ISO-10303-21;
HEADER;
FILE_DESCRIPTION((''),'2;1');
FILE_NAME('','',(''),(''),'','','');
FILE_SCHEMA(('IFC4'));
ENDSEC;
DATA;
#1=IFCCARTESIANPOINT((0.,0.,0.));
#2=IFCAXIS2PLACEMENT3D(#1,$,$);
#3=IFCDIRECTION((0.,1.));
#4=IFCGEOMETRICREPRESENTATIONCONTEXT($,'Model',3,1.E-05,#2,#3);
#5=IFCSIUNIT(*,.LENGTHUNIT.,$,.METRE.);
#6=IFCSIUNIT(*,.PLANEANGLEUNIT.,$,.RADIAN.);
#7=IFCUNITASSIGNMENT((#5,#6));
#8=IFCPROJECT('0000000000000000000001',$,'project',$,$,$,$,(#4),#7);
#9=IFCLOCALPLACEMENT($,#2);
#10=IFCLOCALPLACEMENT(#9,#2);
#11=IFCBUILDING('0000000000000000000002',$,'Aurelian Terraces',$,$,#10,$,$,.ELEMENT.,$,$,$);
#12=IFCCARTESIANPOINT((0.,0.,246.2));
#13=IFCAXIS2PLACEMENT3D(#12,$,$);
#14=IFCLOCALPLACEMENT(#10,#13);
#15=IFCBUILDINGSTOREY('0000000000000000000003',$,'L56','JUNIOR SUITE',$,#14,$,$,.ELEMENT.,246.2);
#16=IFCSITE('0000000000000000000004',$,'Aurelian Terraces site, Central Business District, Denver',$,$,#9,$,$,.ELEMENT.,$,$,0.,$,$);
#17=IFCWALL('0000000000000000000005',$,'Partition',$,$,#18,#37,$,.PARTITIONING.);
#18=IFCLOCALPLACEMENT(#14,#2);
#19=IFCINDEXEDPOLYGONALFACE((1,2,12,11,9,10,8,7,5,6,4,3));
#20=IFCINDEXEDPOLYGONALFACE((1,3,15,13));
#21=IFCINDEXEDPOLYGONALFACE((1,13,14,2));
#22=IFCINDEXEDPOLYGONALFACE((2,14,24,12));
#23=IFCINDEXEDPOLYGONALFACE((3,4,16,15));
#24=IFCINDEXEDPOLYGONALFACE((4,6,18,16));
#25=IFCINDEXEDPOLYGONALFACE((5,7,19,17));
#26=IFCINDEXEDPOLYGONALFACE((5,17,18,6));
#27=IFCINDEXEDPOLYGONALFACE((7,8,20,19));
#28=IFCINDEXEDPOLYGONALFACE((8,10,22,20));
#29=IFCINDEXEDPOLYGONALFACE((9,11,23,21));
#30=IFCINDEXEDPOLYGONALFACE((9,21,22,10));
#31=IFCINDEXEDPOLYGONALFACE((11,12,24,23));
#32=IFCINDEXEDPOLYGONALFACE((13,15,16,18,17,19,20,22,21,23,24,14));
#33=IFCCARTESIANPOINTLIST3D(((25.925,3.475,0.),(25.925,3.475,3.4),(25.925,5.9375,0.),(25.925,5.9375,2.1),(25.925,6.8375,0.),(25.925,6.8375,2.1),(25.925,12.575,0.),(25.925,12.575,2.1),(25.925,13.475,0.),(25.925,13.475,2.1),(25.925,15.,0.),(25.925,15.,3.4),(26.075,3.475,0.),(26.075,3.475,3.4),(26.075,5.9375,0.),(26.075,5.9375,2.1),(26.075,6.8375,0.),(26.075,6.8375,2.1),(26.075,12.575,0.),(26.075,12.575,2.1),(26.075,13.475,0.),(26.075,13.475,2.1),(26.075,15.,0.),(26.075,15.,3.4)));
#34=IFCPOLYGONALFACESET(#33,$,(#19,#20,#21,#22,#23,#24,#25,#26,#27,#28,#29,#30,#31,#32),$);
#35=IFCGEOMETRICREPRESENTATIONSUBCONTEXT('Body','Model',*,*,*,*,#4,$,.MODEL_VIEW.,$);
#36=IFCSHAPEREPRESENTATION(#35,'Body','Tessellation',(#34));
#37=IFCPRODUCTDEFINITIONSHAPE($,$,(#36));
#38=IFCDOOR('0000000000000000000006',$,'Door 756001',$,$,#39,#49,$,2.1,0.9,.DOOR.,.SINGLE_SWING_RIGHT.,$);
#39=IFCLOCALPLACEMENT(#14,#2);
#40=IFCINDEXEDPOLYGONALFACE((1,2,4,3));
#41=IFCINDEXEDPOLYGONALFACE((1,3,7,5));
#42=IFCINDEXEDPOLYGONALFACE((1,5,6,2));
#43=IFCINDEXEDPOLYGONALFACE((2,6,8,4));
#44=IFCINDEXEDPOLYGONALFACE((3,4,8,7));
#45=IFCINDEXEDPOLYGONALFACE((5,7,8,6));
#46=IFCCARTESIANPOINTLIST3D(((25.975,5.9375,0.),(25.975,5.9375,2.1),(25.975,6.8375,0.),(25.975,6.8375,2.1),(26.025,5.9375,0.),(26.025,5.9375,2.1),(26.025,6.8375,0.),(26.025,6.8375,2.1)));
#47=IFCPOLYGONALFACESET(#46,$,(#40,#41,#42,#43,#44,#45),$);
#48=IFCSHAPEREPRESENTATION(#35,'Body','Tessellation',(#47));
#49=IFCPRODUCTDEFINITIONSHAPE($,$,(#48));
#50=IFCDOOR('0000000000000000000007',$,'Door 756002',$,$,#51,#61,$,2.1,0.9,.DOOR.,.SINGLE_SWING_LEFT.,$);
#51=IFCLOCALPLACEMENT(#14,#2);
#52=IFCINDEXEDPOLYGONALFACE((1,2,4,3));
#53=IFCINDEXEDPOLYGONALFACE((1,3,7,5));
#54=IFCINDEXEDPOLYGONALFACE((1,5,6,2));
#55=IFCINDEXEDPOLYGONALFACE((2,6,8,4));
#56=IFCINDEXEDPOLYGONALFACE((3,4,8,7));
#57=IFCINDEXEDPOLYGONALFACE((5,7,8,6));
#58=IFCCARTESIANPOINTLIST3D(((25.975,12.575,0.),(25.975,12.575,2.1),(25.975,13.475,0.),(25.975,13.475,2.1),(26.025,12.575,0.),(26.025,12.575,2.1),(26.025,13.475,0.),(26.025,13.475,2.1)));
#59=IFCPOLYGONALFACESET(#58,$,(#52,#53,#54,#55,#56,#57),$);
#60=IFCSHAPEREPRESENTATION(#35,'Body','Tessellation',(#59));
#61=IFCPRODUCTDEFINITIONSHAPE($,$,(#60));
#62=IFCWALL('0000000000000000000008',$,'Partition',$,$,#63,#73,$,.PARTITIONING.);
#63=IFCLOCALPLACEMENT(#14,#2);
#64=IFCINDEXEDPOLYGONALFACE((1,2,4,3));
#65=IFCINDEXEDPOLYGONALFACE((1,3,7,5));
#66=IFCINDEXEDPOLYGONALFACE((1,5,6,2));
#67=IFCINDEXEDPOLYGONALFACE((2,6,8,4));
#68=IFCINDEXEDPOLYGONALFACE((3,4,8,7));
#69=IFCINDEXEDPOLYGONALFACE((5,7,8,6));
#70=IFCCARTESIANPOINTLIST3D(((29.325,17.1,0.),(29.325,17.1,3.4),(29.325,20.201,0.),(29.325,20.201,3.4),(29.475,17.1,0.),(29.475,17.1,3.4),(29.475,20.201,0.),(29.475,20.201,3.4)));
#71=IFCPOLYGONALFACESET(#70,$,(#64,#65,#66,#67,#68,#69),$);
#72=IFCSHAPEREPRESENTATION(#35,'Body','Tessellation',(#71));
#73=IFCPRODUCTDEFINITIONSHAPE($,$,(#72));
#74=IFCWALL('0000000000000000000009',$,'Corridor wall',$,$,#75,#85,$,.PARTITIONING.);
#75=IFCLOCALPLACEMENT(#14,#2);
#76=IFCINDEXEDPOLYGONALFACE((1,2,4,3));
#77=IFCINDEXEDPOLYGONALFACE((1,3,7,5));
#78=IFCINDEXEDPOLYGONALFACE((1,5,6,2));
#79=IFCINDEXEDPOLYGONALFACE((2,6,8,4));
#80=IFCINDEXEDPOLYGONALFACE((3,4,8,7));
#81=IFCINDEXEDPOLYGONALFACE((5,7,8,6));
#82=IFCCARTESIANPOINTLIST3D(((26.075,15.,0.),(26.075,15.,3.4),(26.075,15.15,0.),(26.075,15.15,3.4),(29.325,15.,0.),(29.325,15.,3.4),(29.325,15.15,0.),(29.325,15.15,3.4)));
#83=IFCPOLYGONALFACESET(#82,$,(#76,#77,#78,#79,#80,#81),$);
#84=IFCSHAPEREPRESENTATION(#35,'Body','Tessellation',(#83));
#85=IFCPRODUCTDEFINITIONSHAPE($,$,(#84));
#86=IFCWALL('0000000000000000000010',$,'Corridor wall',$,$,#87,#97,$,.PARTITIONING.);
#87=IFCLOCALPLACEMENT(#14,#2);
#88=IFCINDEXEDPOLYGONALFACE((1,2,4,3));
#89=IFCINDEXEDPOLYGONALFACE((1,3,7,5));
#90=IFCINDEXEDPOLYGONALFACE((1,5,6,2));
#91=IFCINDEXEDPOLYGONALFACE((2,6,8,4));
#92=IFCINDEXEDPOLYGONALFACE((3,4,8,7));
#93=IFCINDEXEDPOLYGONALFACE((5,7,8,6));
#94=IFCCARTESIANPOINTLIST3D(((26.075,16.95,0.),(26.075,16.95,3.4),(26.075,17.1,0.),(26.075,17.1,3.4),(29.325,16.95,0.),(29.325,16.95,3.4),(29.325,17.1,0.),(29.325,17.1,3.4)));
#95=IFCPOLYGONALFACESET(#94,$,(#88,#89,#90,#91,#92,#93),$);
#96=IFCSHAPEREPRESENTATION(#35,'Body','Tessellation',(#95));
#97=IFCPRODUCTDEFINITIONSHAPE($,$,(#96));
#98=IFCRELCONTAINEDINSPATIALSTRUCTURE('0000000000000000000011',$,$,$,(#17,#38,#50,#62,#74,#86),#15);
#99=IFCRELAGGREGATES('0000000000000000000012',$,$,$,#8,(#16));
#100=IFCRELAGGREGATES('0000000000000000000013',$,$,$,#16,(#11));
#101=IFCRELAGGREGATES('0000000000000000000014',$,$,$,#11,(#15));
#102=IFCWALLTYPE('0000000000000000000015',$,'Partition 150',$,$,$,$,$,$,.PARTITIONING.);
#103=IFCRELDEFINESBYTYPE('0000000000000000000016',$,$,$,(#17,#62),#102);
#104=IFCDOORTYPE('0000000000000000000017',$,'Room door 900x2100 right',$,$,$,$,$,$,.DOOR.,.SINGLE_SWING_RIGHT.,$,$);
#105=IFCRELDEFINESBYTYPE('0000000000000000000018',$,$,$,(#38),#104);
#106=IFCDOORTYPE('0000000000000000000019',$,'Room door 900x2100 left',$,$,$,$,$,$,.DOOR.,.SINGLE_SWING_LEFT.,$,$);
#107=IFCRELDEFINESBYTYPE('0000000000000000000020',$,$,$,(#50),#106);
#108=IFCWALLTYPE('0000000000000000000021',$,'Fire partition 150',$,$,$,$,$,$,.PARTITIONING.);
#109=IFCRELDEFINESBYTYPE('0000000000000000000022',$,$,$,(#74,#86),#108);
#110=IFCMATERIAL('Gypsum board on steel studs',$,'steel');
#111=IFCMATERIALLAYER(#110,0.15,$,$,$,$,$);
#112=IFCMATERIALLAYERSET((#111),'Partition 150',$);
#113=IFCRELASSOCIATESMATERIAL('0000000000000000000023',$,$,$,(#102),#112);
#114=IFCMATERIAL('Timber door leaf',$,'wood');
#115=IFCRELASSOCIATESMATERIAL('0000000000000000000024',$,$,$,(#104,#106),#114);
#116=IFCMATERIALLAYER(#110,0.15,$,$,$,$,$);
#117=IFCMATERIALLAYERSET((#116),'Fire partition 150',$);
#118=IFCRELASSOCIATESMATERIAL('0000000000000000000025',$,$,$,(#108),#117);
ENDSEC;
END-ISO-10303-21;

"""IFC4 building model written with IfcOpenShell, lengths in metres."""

from ifc_helpers import new_model, si_unit, direction, frame, frame_2d, origin, place, context, subcontext, project, spatial, rectangle, extrude, source, transform, mapped, material, layer, layer_set, type_object, element, fill, save


model = new_model("IFC4")

# Units and contexts
model_context = context("Model", 3, precision=1e-05, world=origin(), true_north=direction((0.0, 1.0)))
body_context = subcontext(model_context, "Body", "Model", "MODEL_VIEW")
ifc_project = project(units=[si_unit("LENGTHUNIT", "METRE"), si_unit("PLANEANGLEUNIT", "RADIAN")], contexts=[model_context])

# Site, building, storey
site_placement = place(None, origin())
site = spatial("IfcSite", under=ifc_project, at=site_placement, Name="Aurelian Terraces site, Central Business District, Denver", CompositionType="ELEMENT", RefElevation=0.0)
building_placement = place(site_placement, origin())
building = spatial("IfcBuilding", under=site, at=building_placement, Name="Aurelian Terraces", CompositionType="ELEMENT")
storey_placement = place(building_placement, frame((0.0, 0.0, 246.2)))
storey = spatial("IfcBuildingStorey", under=building, at=storey_placement, Name="L56", Description="JUNIOR SUITE", CompositionType="ELEMENT", Elevation=246.2)

# Shared definitions
ifc_material_1 = material(Name="Gypsum board on steel studs", Category="steel")
ifc_layer_1 = layer(ifc_material_1, 0.15)
ifc_layer_set_1 = layer_set([ifc_layer_1], Name="Partition 150")
wall_type_1 = type_object("IfcWallType", Name="Partition 150", PredefinedType="PARTITIONING", material=ifc_layer_set_1)
shared_shape_1 = source(origin(), body_context, "Body", "SweptSolid", [
    extrude(rectangle(XDim=0.9, YDim=2.1, at=frame_2d((0.45, 1.05))), frame((0.0, 0.085, 0.0), z_axis=(0.0, -1.0, 0.0), x_axis=(1.0, 0.0, 0.0)), (0.0, 0.0, 1.0), 0.17),
])
ifc_material_2 = material(Name="Timber door leaf", Category="wood")
door_type_1 = type_object("IfcDoorType", Name="Room door 900x2100 right", OperationType="SINGLE_SWING_RIGHT", PredefinedType="DOOR", material=ifc_material_2)
shared_shape_2 = source(origin(), body_context, "Body", "SweptSolid", [
    extrude(rectangle(XDim=0.9, YDim=2.1, at=frame_2d((0.45, 1.05))), frame((0.0, 0.025, 0.0), z_axis=(0.0, -1.0, 0.0), x_axis=(1.0, 0.0, 0.0)), (0.0, 0.0, 1.0), 0.05),
])

# Wall, openings, doors
ifc_layer_2 = layer(ifc_material_1, 0.15)
ifc_layer_set_2 = layer_set([ifc_layer_2], Name="Fire partition 150")
wall_type_2 = type_object("IfcWallType", Name="Fire partition 150", PredefinedType="PARTITIONING", material=ifc_layer_set_2)
shared_shape_3 = source(origin(), body_context, "Body", "SweptSolid", [
    extrude(rectangle(XDim=11.525, YDim=0.15, at=frame_2d((5.7625, 0.0))), origin(), (0.0, 0.0, 1.0), 3.4),
])
wall_1_placement = place(storey_placement, frame((26.0, 15.0, 0.0), z_axis=(0.0, 0.0, 1.0), x_axis=(0.0, -1.0, 0.0)))
wall_1 = element("IfcWall", 1, at=wall_1_placement, inside=storey, type_object=wall_type_1, Name="Partition", PredefinedType="PARTITIONING", context=body_context, shape_type="MappedRepresentation", body=[
    mapped(shared_shape_3, transform((0.0, 0.0, 0.0), scale=1.0)),
])
opening_1_placement = place(wall_1_placement, frame((8.1625, 0.0, 0.0)))
opening_1 = element("IfcOpeningElement", 2, at=opening_1_placement, cuts=wall_1, PredefinedType="OPENING", context=body_context, shape_type="MappedRepresentation", body=[
    mapped(shared_shape_1, transform((0.0, 0.0, 0.0), scale=1.0)),
])
opening_2_placement = place(wall_1_placement, frame((1.525, 0.0, 0.0)))
opening_2 = element("IfcOpeningElement", 3, at=opening_2_placement, cuts=wall_1, PredefinedType="OPENING", context=body_context, shape_type="MappedRepresentation", body=[
    mapped(shared_shape_1, transform((0.0, 0.0, 0.0), scale=1.0)),
])
door_1_placement = place(opening_1_placement, origin())
door_1 = element("IfcDoor", 4, at=door_1_placement, inside=storey, type_object=door_type_1, Name="Door 756001", OperationType="SINGLE_SWING_RIGHT", OverallHeight=2.1, OverallWidth=0.9, PredefinedType="DOOR", context=body_context, shape_type="MappedRepresentation", body=[
    mapped(shared_shape_2, transform((0.0, 0.0, 0.0), scale=1.0)),
])
fill(opening_1, door_1)
door_type_2 = type_object("IfcDoorType", Name="Room door 900x2100 left", OperationType="SINGLE_SWING_LEFT", PredefinedType="DOOR", material=ifc_material_2)
door_2_placement = place(opening_2_placement, origin())
door_2 = element("IfcDoor", 5, at=door_2_placement, inside=storey, type_object=door_type_2, Name="Door 756002", OperationType="SINGLE_SWING_LEFT", OverallHeight=2.1, OverallWidth=0.9, PredefinedType="DOOR", context=body_context, shape_type="MappedRepresentation", body=[
    mapped(shared_shape_2, transform((0.0, 0.0, 0.0), scale=1.0)),
])
fill(opening_2, door_2)

# Walls
shared_shape_4 = source(origin(), body_context, "Body", "SweptSolid", [
    extrude(rectangle(XDim=3.101, YDim=0.15, at=frame_2d((1.5505, 0.0))), origin(), (0.0, 0.0, 1.0), 3.4),
])
wall_2_placement = place(storey_placement, frame((29.4, 17.1, 0.0), z_axis=(0.0, 0.0, 1.0), x_axis=(0.0, 1.0, 0.0)))
element("IfcWall", 6, at=wall_2_placement, inside=storey, type_object=wall_type_1, Name="Partition", PredefinedType="PARTITIONING", context=body_context, shape_type="MappedRepresentation", body=[
    mapped(shared_shape_4, transform((0.0, 0.0, 0.0), scale=1.0)),
])
shared_shape_5 = source(origin(), body_context, "Body", "SweptSolid", [
    extrude(rectangle(XDim=3.25, YDim=0.15, at=frame_2d((1.625, 0.0))), origin(), (0.0, 0.0, 1.0), 3.4),
])
for number, where, z_axis, x_axis, name in (
    (7, (29.325, 15.075, 0.0), (0.0, 0.0, 1.0), (-1.0, 0.0, 0.0), "Corridor wall"),
    (8, (26.075, 17.025, 0.0), (0.0, 0.0, 1.0), (1.0, 0.0, 0.0), "Corridor wall"),
):
    element("IfcWall", number, at=place(storey_placement, frame(where, z_axis=z_axis, x_axis=x_axis)), inside=storey, type_object=wall_type_2, Name=name, PredefinedType="PARTITIONING", context=body_context, shape_type="MappedRepresentation", body=[
        mapped(shared_shape_5, transform((0.0, 0.0, 0.0), scale=1.0)),
    ])

save(model, "model.ifc")
